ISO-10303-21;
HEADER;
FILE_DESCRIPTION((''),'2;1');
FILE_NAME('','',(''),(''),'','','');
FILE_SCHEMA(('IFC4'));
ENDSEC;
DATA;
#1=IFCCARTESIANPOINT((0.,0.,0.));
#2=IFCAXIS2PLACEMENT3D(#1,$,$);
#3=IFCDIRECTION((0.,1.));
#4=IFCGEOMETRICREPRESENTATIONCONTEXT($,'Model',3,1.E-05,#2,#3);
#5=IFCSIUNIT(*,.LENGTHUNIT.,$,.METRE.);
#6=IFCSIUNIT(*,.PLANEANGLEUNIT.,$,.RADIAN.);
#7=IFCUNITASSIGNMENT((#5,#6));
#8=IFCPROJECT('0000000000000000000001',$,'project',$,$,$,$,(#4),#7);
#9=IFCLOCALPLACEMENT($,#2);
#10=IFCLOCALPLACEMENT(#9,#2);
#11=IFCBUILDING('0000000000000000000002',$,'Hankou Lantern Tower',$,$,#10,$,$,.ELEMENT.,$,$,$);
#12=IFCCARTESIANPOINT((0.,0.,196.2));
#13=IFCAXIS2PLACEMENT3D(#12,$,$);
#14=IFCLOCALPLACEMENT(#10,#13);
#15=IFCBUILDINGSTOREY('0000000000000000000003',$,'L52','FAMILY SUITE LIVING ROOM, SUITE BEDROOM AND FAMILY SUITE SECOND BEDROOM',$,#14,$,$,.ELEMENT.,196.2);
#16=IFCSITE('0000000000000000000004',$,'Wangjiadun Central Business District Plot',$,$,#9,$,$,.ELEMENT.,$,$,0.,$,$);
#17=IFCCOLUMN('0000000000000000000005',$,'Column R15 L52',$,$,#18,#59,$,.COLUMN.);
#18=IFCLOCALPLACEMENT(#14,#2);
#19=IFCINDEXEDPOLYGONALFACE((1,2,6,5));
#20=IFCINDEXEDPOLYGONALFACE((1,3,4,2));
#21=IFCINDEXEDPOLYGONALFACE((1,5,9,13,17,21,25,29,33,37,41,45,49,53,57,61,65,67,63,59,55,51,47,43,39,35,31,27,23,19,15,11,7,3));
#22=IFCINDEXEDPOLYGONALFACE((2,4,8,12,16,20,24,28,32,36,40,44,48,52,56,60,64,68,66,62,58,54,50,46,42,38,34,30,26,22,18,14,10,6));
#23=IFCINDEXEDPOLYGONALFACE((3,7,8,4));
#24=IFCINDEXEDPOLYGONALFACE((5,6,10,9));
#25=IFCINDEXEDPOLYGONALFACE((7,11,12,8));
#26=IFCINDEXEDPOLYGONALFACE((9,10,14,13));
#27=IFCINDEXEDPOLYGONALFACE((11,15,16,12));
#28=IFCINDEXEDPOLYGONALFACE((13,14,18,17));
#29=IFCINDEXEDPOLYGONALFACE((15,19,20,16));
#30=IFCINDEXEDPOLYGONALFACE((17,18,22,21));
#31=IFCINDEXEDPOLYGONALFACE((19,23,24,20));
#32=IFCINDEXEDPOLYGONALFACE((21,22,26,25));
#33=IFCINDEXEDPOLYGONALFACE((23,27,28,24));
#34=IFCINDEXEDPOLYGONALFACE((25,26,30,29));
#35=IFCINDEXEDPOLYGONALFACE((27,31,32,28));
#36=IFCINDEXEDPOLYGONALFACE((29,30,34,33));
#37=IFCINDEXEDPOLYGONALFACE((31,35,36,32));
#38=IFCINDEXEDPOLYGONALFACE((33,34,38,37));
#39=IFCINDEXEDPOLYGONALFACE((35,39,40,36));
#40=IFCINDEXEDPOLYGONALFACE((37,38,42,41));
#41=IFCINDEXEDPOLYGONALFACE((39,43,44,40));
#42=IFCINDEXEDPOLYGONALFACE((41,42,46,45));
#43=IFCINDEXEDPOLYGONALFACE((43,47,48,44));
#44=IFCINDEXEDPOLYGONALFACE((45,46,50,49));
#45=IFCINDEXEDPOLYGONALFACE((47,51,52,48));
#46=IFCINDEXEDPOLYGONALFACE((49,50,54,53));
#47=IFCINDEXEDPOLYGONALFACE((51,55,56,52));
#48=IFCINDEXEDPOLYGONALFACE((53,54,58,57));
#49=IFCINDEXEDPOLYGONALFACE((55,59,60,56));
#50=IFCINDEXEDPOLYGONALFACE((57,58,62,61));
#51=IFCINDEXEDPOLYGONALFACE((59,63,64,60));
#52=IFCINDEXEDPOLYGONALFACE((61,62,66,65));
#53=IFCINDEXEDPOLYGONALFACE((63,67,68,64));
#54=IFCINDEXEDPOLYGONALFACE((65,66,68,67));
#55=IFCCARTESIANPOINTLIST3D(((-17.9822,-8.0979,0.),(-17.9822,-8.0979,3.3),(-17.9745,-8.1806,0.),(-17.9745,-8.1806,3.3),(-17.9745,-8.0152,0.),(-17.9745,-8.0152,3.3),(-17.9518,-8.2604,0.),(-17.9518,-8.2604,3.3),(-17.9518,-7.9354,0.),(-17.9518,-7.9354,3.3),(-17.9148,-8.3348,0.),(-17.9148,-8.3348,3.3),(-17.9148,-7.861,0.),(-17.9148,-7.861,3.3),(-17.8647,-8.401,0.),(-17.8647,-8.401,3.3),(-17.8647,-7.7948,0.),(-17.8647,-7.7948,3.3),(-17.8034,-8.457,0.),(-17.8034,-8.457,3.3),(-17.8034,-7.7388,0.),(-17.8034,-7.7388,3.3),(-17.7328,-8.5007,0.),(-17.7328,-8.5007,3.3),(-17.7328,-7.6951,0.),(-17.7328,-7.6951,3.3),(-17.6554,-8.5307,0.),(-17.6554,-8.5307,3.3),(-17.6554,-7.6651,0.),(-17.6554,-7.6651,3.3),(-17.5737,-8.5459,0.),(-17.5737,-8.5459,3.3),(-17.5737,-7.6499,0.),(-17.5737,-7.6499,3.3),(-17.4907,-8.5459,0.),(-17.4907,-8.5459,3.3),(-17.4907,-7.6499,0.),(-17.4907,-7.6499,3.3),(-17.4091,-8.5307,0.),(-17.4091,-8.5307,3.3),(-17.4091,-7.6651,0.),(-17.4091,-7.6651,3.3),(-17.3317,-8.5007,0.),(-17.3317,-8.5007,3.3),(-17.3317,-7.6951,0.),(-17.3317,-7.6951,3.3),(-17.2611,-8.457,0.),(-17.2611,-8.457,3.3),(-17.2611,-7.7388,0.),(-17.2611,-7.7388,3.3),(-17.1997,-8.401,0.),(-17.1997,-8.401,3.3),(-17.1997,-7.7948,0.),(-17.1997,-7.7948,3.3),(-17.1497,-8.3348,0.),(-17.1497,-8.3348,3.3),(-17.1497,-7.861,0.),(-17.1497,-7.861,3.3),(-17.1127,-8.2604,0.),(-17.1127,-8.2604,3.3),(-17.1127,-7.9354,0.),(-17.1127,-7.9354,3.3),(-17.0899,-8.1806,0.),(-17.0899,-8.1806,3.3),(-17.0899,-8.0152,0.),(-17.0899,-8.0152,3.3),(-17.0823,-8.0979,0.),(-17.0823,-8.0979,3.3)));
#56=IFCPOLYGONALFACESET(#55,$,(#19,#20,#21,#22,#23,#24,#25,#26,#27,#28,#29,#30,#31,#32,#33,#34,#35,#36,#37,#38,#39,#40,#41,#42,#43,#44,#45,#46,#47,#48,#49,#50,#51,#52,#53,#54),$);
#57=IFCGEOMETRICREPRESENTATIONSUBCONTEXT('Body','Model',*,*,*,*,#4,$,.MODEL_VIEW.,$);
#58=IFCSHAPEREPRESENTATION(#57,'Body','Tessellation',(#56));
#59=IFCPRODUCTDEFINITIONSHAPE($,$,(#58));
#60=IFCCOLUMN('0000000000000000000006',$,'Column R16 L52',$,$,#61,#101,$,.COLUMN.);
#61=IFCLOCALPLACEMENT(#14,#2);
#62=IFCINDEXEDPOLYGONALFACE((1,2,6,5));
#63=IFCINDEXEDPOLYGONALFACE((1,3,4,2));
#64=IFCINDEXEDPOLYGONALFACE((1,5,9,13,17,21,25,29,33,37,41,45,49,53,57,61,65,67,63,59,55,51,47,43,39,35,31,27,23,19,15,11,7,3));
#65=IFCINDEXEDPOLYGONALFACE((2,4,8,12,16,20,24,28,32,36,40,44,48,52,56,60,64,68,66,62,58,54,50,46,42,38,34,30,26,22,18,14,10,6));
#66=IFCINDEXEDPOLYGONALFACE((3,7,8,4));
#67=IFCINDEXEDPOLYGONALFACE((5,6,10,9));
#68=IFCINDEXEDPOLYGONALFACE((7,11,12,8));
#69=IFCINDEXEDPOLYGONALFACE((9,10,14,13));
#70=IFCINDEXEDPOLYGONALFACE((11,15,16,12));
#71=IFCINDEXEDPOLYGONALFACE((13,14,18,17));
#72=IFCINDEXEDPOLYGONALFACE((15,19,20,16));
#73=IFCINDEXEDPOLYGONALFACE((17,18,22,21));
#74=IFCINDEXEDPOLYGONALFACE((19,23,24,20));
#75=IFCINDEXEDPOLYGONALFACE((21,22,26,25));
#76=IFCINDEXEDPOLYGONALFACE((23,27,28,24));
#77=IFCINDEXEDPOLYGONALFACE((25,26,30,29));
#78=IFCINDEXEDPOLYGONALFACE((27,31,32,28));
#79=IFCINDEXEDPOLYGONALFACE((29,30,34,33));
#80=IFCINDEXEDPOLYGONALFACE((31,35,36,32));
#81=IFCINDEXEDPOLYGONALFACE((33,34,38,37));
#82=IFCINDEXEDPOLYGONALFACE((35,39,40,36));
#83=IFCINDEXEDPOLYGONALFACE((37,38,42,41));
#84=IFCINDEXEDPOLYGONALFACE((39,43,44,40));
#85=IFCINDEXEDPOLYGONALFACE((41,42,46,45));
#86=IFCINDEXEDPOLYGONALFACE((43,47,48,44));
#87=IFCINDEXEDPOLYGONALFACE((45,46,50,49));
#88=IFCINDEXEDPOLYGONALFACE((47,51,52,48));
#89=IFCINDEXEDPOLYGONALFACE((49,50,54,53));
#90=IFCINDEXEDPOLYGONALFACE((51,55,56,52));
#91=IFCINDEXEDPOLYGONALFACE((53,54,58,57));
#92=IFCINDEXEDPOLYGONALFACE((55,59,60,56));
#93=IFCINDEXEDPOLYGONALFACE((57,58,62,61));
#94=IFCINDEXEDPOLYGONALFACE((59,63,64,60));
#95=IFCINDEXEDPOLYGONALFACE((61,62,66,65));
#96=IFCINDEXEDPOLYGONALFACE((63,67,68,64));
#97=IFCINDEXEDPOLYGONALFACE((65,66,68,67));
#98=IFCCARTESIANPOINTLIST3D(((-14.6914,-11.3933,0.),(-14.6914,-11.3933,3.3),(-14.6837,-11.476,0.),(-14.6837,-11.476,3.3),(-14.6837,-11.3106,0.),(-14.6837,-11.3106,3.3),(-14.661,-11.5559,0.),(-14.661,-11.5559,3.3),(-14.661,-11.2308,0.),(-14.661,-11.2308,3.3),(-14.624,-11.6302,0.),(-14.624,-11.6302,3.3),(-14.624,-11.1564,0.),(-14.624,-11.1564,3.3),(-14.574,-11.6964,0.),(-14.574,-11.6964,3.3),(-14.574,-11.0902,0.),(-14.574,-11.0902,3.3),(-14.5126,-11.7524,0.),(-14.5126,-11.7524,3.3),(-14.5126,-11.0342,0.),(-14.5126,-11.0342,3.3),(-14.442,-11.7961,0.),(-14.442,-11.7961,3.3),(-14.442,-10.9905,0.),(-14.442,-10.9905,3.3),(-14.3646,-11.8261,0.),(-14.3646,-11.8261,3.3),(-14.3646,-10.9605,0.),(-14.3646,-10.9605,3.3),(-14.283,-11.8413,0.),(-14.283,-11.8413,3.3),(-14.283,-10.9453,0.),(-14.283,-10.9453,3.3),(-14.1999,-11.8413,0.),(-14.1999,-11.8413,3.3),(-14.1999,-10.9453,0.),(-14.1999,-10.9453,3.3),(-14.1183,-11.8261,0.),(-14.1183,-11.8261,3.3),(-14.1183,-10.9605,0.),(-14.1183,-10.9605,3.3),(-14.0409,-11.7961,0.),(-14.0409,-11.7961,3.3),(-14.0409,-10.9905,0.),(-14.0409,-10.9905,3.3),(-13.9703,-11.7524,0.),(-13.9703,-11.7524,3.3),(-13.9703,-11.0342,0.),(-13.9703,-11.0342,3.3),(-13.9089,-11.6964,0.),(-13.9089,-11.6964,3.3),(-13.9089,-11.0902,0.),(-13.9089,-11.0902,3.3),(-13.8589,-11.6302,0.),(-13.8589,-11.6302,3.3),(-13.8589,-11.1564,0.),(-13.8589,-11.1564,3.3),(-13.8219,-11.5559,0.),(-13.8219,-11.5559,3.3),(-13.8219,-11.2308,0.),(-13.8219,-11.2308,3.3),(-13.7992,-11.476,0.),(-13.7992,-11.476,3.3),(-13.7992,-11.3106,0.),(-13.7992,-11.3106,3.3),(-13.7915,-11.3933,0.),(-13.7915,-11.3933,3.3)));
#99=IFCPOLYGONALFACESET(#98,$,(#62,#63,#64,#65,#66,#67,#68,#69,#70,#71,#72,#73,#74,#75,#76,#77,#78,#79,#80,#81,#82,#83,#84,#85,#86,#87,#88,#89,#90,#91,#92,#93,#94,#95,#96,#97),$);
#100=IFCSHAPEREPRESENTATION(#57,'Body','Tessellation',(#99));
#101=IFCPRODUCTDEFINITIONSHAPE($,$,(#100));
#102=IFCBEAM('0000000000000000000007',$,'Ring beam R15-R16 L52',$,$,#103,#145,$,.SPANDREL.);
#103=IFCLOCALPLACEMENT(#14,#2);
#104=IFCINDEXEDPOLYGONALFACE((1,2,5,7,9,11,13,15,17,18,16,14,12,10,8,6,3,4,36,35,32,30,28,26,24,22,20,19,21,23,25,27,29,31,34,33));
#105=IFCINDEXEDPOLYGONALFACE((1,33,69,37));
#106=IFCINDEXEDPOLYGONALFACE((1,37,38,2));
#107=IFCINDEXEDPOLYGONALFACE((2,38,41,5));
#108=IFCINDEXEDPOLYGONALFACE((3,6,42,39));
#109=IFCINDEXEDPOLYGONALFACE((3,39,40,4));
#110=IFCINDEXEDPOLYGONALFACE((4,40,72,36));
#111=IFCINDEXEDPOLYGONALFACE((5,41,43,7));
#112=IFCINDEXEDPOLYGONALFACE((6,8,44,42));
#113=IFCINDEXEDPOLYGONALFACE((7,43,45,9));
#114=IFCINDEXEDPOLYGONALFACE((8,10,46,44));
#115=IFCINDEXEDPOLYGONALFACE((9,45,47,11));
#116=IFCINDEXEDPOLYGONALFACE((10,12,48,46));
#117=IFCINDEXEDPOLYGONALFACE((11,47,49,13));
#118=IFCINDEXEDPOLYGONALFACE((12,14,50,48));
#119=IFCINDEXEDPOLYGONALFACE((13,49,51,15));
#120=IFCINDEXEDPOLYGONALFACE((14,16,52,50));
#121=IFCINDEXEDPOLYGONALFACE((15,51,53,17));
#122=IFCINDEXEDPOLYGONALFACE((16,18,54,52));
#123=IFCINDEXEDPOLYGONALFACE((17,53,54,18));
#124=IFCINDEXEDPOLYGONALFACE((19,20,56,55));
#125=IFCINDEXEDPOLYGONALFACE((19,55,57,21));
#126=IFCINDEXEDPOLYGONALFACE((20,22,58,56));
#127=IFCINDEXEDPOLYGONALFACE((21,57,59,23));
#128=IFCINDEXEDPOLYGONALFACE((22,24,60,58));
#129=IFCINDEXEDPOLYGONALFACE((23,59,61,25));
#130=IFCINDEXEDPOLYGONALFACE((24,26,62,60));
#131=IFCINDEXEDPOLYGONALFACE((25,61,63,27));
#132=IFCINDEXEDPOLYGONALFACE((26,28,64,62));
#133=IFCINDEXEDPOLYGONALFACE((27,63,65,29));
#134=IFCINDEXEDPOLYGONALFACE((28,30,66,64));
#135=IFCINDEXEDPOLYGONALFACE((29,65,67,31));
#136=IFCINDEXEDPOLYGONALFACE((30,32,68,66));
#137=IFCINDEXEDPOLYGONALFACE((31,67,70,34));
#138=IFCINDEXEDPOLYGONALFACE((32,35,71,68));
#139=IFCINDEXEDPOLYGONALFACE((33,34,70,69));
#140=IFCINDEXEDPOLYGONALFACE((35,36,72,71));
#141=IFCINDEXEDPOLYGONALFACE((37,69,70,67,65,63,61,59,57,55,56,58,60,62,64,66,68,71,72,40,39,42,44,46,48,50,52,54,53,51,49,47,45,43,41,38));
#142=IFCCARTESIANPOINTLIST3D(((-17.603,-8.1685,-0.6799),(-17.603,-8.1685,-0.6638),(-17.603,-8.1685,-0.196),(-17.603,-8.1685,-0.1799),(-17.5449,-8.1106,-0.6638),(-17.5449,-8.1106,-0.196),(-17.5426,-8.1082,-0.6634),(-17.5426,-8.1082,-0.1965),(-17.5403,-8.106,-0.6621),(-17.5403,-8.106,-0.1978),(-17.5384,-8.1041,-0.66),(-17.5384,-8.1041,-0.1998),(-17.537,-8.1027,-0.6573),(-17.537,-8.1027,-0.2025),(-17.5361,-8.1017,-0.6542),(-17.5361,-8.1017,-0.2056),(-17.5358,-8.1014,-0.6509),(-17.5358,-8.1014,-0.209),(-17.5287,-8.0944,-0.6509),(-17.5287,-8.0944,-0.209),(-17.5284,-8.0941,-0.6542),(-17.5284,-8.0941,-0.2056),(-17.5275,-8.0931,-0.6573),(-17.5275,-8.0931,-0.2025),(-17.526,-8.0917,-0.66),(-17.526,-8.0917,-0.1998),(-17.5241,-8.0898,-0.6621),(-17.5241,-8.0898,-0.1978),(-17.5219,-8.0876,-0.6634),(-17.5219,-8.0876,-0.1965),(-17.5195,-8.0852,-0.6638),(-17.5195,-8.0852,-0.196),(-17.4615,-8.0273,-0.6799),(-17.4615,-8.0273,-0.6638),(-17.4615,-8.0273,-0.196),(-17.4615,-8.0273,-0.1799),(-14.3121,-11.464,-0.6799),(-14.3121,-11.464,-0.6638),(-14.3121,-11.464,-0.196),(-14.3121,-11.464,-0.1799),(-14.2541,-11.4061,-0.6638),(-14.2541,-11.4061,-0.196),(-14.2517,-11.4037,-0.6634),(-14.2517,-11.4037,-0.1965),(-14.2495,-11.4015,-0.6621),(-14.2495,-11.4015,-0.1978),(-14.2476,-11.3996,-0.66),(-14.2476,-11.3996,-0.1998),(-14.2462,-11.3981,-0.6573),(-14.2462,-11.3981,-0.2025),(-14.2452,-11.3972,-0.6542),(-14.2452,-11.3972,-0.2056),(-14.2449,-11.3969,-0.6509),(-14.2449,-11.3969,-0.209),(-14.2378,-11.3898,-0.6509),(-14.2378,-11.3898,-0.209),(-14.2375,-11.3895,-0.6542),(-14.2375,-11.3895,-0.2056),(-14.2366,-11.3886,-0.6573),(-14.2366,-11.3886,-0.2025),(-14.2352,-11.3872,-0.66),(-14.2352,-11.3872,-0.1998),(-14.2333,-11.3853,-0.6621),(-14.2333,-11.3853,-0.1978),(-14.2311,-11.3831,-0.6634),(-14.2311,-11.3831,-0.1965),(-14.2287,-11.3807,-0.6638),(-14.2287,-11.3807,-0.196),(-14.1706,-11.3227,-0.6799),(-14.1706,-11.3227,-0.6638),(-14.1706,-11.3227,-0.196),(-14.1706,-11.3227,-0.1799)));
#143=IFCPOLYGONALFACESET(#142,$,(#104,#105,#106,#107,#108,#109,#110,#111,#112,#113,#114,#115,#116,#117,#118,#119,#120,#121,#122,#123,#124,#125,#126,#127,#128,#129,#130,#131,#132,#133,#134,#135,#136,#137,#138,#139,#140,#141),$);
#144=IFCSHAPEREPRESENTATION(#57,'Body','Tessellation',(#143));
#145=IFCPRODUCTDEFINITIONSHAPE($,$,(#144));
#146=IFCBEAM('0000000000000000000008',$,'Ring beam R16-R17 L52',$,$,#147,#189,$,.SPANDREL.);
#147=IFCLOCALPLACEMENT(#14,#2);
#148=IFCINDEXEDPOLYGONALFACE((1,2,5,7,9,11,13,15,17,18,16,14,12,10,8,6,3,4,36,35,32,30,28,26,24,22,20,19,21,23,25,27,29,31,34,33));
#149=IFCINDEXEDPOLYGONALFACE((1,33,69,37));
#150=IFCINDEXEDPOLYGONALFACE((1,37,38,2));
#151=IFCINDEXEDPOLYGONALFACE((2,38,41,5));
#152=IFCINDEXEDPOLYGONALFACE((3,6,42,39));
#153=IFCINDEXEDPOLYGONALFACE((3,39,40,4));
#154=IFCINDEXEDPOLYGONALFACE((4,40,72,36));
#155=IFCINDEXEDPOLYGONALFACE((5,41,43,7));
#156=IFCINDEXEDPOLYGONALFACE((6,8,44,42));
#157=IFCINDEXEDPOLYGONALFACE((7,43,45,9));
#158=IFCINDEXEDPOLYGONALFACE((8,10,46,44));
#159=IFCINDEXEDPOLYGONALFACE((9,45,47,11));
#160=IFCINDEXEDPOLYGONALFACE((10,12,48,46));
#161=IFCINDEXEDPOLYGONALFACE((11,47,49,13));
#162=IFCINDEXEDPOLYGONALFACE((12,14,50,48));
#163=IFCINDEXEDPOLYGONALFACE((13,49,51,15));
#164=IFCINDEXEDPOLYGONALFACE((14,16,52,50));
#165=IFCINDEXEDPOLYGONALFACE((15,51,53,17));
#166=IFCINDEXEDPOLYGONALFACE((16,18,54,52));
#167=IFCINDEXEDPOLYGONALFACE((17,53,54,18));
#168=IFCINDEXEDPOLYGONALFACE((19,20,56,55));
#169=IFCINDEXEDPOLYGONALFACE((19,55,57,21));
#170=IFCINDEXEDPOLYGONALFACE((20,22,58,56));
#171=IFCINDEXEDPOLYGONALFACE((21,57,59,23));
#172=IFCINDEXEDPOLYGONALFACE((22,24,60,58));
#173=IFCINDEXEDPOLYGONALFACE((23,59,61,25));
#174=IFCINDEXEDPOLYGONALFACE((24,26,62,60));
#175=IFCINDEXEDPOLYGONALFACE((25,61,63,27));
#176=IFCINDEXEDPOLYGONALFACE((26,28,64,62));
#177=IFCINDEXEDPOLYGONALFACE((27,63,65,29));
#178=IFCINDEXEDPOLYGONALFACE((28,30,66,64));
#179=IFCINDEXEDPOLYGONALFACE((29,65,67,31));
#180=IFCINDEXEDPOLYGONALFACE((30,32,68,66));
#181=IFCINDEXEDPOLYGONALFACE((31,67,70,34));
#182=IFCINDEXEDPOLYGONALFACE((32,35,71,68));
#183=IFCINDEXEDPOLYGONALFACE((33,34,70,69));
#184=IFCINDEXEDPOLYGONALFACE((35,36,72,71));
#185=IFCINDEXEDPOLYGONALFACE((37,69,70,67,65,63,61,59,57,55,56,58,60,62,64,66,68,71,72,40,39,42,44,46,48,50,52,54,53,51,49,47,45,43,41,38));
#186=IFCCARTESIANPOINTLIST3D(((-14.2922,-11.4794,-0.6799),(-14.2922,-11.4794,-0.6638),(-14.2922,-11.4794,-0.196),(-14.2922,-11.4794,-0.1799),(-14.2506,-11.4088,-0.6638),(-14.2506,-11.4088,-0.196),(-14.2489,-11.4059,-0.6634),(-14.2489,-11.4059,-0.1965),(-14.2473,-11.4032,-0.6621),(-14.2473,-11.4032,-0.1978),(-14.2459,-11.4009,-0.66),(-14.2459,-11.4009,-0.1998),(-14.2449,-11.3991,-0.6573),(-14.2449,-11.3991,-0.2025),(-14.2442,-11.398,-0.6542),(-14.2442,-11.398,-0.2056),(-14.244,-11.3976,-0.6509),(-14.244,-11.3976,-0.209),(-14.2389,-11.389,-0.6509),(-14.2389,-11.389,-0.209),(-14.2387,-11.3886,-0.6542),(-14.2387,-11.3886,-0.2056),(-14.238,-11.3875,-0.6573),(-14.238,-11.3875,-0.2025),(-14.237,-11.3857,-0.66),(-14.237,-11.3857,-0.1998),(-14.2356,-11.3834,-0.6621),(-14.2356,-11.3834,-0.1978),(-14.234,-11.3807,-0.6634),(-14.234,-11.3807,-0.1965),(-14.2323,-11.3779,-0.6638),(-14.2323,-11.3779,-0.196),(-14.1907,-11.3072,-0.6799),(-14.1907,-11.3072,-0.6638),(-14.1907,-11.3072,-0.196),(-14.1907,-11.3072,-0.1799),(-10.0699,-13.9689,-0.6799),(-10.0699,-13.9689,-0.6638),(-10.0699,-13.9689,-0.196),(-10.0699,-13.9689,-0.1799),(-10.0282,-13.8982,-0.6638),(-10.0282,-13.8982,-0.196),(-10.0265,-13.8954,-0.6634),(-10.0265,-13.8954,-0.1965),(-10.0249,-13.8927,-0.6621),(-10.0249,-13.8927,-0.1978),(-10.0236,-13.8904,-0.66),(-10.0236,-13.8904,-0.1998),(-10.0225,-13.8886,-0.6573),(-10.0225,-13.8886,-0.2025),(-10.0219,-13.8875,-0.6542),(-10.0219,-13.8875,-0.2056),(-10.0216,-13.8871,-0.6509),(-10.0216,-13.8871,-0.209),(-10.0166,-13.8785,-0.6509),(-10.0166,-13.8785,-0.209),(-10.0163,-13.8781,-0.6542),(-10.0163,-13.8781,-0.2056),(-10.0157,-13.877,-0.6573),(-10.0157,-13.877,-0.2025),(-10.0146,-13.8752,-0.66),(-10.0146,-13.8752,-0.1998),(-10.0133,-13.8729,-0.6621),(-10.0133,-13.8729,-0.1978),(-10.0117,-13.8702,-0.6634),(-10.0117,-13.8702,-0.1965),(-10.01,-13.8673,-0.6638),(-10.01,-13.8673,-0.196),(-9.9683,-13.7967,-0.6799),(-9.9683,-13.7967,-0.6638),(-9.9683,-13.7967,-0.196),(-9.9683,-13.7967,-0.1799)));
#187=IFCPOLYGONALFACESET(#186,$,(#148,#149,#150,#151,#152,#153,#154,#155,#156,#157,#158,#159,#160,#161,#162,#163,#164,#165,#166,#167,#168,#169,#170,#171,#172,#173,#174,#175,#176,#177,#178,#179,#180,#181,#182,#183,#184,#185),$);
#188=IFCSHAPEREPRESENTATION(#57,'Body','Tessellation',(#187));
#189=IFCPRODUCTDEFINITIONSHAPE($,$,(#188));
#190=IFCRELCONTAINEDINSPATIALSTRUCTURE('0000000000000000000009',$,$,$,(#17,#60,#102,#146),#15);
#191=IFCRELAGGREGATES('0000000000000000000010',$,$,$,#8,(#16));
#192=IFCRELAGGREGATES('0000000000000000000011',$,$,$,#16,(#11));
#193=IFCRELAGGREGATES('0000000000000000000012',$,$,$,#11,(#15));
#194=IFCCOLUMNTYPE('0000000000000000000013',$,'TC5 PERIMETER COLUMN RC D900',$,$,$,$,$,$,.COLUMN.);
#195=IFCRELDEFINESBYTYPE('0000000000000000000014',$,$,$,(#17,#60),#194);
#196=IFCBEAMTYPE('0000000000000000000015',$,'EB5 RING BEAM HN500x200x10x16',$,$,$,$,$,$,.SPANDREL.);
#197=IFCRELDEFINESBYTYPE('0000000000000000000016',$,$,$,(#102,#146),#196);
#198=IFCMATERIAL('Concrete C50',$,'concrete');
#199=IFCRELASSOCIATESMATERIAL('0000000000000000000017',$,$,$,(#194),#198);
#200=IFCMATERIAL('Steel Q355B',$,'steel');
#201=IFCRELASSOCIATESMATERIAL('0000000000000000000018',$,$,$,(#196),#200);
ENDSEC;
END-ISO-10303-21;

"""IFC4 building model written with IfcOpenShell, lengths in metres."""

from ifc_helpers import new_model, si_unit, direction, frame, origin, origin_2d, place, context, subcontext, project, spatial, circle, i_section, extrude, material, material_profile, profile_set, type_object, element, save


model = new_model("IFC4")

# Units and contexts
model_context = context("Model", 3, precision=1e-05, world=origin(), true_north=direction((0.0, 1.0)))
body_context = subcontext(model_context, "Body", "Model", "MODEL_VIEW")
ifc_project = project(units=[si_unit("LENGTHUNIT", "METRE"), si_unit("PLANEANGLEUNIT", "RADIAN")], contexts=[model_context])

# Site, building, storey
site_placement = place(None, origin())
site = spatial("IfcSite", under=ifc_project, at=site_placement, Name="Wangjiadun Central Business District Plot", CompositionType="ELEMENT", RefElevation=0.0)
building_placement = place(site_placement, origin())
building = spatial("IfcBuilding", under=site, at=building_placement, Name="Hankou Lantern Tower", CompositionType="ELEMENT")
storey_placement = place(building_placement, frame((0.0, 0.0, 196.2)))
storey = spatial("IfcBuildingStorey", under=building, at=storey_placement, Name="L52", Description="FAMILY SUITE LIVING ROOM, SUITE BEDROOM AND FAMILY SUITE SECOND BEDROOM", CompositionType="ELEMENT", Elevation=196.2)

# Columns
ifc_material_1 = material(Name="Concrete C50", Category="concrete")
ifc_material_profile_1 = material_profile(ifc_material_1, circle(Radius=0.45, at=origin_2d()), Name="RC D900")
ifc_profile_set_1 = profile_set([ifc_material_profile_1], Name="Concrete C50")
column_type = type_object("IfcColumnType", Name="TC5 PERIMETER COLUMN RC D900", PredefinedType="COLUMN", material=ifc_profile_set_1)
for number, where, z_axis, x_axis, name in (
    (1, (-17.5322, -8.0979, 0.0), (0.0, 0.0, 1.0), (1.0, 0.0, 0.0), "Column R15 L52"),
    (2, (-14.2415, -11.3933, 0.0), (0.0, 0.0, 1.0), (1.0, 0.0, 0.0), "Column R16 L52"),
):
    element("IfcColumn", number, at=place(storey_placement, frame(where, z_axis=z_axis, x_axis=x_axis)), inside=storey, type_object=column_type, Name=name, PredefinedType="COLUMN", context=body_context, shape_type="SweptSolid", body=[
        extrude(circle(Radius=0.45, at=origin_2d()), origin(), (0.0, 0.0, 1.0), 3.3),
    ])

# Beams
ifc_material_2 = material(Name="Steel Q355B", Category="steel")
ifc_material_profile_2 = material_profile(ifc_material_2, i_section(OverallWidth=0.2, OverallDepth=0.5, WebThickness=0.01, FlangeThickness=0.0161, FilletRadius=0.0129, at=origin_2d()), Name="HN500x200x10x16")
ifc_profile_set_2 = profile_set([ifc_material_profile_2], Name="Steel Q355B")
beam_type_1 = type_object("IfcBeamType", Name="EB5 RING BEAM HN500x200x10x16", PredefinedType="SPANDREL", material=ifc_profile_set_2)
beam_1_placement = place(storey_placement, frame((-17.5322, -8.0979, -0.4299), z_axis=(0.706609, -0.707605, 0.0), x_axis=(0.707605, 0.706609, 0.0)))
element("IfcBeam", 3, at=beam_1_placement, inside=storey, type_object=beam_type_1, Name="Ring beam R15-R16 L52", PredefinedType="SPANDREL", context=body_context, shape_type="SweptSolid", body=[
    extrude(i_section(OverallWidth=0.2, OverallDepth=0.5, WebThickness=0.01, FlangeThickness=0.0161, FilletRadius=0.0129, at=origin_2d()), origin(), (0.0, 0.0, 1.0), 4.6572),
])
beam_2_placement = place(storey_placement, frame((-14.2415, -11.3933, -0.4299), z_axis=(0.861423, -0.507888, 0.0), x_axis=(0.507888, 0.861423, 0.0)))
element("IfcBeam", 4, at=beam_2_placement, inside=storey, type_object=beam_type_1, Name="Ring beam R16-R17 L52", PredefinedType="SPANDREL", context=body_context, shape_type="SweptSolid", body=[
    extrude(i_section(OverallWidth=0.2, OverallDepth=0.5, WebThickness=0.01, FlangeThickness=0.0161, FilletRadius=0.0129, at=origin_2d()), origin(), (0.0, 0.0, 1.0), 4.9016),
])

save(model, "model.ifc")
